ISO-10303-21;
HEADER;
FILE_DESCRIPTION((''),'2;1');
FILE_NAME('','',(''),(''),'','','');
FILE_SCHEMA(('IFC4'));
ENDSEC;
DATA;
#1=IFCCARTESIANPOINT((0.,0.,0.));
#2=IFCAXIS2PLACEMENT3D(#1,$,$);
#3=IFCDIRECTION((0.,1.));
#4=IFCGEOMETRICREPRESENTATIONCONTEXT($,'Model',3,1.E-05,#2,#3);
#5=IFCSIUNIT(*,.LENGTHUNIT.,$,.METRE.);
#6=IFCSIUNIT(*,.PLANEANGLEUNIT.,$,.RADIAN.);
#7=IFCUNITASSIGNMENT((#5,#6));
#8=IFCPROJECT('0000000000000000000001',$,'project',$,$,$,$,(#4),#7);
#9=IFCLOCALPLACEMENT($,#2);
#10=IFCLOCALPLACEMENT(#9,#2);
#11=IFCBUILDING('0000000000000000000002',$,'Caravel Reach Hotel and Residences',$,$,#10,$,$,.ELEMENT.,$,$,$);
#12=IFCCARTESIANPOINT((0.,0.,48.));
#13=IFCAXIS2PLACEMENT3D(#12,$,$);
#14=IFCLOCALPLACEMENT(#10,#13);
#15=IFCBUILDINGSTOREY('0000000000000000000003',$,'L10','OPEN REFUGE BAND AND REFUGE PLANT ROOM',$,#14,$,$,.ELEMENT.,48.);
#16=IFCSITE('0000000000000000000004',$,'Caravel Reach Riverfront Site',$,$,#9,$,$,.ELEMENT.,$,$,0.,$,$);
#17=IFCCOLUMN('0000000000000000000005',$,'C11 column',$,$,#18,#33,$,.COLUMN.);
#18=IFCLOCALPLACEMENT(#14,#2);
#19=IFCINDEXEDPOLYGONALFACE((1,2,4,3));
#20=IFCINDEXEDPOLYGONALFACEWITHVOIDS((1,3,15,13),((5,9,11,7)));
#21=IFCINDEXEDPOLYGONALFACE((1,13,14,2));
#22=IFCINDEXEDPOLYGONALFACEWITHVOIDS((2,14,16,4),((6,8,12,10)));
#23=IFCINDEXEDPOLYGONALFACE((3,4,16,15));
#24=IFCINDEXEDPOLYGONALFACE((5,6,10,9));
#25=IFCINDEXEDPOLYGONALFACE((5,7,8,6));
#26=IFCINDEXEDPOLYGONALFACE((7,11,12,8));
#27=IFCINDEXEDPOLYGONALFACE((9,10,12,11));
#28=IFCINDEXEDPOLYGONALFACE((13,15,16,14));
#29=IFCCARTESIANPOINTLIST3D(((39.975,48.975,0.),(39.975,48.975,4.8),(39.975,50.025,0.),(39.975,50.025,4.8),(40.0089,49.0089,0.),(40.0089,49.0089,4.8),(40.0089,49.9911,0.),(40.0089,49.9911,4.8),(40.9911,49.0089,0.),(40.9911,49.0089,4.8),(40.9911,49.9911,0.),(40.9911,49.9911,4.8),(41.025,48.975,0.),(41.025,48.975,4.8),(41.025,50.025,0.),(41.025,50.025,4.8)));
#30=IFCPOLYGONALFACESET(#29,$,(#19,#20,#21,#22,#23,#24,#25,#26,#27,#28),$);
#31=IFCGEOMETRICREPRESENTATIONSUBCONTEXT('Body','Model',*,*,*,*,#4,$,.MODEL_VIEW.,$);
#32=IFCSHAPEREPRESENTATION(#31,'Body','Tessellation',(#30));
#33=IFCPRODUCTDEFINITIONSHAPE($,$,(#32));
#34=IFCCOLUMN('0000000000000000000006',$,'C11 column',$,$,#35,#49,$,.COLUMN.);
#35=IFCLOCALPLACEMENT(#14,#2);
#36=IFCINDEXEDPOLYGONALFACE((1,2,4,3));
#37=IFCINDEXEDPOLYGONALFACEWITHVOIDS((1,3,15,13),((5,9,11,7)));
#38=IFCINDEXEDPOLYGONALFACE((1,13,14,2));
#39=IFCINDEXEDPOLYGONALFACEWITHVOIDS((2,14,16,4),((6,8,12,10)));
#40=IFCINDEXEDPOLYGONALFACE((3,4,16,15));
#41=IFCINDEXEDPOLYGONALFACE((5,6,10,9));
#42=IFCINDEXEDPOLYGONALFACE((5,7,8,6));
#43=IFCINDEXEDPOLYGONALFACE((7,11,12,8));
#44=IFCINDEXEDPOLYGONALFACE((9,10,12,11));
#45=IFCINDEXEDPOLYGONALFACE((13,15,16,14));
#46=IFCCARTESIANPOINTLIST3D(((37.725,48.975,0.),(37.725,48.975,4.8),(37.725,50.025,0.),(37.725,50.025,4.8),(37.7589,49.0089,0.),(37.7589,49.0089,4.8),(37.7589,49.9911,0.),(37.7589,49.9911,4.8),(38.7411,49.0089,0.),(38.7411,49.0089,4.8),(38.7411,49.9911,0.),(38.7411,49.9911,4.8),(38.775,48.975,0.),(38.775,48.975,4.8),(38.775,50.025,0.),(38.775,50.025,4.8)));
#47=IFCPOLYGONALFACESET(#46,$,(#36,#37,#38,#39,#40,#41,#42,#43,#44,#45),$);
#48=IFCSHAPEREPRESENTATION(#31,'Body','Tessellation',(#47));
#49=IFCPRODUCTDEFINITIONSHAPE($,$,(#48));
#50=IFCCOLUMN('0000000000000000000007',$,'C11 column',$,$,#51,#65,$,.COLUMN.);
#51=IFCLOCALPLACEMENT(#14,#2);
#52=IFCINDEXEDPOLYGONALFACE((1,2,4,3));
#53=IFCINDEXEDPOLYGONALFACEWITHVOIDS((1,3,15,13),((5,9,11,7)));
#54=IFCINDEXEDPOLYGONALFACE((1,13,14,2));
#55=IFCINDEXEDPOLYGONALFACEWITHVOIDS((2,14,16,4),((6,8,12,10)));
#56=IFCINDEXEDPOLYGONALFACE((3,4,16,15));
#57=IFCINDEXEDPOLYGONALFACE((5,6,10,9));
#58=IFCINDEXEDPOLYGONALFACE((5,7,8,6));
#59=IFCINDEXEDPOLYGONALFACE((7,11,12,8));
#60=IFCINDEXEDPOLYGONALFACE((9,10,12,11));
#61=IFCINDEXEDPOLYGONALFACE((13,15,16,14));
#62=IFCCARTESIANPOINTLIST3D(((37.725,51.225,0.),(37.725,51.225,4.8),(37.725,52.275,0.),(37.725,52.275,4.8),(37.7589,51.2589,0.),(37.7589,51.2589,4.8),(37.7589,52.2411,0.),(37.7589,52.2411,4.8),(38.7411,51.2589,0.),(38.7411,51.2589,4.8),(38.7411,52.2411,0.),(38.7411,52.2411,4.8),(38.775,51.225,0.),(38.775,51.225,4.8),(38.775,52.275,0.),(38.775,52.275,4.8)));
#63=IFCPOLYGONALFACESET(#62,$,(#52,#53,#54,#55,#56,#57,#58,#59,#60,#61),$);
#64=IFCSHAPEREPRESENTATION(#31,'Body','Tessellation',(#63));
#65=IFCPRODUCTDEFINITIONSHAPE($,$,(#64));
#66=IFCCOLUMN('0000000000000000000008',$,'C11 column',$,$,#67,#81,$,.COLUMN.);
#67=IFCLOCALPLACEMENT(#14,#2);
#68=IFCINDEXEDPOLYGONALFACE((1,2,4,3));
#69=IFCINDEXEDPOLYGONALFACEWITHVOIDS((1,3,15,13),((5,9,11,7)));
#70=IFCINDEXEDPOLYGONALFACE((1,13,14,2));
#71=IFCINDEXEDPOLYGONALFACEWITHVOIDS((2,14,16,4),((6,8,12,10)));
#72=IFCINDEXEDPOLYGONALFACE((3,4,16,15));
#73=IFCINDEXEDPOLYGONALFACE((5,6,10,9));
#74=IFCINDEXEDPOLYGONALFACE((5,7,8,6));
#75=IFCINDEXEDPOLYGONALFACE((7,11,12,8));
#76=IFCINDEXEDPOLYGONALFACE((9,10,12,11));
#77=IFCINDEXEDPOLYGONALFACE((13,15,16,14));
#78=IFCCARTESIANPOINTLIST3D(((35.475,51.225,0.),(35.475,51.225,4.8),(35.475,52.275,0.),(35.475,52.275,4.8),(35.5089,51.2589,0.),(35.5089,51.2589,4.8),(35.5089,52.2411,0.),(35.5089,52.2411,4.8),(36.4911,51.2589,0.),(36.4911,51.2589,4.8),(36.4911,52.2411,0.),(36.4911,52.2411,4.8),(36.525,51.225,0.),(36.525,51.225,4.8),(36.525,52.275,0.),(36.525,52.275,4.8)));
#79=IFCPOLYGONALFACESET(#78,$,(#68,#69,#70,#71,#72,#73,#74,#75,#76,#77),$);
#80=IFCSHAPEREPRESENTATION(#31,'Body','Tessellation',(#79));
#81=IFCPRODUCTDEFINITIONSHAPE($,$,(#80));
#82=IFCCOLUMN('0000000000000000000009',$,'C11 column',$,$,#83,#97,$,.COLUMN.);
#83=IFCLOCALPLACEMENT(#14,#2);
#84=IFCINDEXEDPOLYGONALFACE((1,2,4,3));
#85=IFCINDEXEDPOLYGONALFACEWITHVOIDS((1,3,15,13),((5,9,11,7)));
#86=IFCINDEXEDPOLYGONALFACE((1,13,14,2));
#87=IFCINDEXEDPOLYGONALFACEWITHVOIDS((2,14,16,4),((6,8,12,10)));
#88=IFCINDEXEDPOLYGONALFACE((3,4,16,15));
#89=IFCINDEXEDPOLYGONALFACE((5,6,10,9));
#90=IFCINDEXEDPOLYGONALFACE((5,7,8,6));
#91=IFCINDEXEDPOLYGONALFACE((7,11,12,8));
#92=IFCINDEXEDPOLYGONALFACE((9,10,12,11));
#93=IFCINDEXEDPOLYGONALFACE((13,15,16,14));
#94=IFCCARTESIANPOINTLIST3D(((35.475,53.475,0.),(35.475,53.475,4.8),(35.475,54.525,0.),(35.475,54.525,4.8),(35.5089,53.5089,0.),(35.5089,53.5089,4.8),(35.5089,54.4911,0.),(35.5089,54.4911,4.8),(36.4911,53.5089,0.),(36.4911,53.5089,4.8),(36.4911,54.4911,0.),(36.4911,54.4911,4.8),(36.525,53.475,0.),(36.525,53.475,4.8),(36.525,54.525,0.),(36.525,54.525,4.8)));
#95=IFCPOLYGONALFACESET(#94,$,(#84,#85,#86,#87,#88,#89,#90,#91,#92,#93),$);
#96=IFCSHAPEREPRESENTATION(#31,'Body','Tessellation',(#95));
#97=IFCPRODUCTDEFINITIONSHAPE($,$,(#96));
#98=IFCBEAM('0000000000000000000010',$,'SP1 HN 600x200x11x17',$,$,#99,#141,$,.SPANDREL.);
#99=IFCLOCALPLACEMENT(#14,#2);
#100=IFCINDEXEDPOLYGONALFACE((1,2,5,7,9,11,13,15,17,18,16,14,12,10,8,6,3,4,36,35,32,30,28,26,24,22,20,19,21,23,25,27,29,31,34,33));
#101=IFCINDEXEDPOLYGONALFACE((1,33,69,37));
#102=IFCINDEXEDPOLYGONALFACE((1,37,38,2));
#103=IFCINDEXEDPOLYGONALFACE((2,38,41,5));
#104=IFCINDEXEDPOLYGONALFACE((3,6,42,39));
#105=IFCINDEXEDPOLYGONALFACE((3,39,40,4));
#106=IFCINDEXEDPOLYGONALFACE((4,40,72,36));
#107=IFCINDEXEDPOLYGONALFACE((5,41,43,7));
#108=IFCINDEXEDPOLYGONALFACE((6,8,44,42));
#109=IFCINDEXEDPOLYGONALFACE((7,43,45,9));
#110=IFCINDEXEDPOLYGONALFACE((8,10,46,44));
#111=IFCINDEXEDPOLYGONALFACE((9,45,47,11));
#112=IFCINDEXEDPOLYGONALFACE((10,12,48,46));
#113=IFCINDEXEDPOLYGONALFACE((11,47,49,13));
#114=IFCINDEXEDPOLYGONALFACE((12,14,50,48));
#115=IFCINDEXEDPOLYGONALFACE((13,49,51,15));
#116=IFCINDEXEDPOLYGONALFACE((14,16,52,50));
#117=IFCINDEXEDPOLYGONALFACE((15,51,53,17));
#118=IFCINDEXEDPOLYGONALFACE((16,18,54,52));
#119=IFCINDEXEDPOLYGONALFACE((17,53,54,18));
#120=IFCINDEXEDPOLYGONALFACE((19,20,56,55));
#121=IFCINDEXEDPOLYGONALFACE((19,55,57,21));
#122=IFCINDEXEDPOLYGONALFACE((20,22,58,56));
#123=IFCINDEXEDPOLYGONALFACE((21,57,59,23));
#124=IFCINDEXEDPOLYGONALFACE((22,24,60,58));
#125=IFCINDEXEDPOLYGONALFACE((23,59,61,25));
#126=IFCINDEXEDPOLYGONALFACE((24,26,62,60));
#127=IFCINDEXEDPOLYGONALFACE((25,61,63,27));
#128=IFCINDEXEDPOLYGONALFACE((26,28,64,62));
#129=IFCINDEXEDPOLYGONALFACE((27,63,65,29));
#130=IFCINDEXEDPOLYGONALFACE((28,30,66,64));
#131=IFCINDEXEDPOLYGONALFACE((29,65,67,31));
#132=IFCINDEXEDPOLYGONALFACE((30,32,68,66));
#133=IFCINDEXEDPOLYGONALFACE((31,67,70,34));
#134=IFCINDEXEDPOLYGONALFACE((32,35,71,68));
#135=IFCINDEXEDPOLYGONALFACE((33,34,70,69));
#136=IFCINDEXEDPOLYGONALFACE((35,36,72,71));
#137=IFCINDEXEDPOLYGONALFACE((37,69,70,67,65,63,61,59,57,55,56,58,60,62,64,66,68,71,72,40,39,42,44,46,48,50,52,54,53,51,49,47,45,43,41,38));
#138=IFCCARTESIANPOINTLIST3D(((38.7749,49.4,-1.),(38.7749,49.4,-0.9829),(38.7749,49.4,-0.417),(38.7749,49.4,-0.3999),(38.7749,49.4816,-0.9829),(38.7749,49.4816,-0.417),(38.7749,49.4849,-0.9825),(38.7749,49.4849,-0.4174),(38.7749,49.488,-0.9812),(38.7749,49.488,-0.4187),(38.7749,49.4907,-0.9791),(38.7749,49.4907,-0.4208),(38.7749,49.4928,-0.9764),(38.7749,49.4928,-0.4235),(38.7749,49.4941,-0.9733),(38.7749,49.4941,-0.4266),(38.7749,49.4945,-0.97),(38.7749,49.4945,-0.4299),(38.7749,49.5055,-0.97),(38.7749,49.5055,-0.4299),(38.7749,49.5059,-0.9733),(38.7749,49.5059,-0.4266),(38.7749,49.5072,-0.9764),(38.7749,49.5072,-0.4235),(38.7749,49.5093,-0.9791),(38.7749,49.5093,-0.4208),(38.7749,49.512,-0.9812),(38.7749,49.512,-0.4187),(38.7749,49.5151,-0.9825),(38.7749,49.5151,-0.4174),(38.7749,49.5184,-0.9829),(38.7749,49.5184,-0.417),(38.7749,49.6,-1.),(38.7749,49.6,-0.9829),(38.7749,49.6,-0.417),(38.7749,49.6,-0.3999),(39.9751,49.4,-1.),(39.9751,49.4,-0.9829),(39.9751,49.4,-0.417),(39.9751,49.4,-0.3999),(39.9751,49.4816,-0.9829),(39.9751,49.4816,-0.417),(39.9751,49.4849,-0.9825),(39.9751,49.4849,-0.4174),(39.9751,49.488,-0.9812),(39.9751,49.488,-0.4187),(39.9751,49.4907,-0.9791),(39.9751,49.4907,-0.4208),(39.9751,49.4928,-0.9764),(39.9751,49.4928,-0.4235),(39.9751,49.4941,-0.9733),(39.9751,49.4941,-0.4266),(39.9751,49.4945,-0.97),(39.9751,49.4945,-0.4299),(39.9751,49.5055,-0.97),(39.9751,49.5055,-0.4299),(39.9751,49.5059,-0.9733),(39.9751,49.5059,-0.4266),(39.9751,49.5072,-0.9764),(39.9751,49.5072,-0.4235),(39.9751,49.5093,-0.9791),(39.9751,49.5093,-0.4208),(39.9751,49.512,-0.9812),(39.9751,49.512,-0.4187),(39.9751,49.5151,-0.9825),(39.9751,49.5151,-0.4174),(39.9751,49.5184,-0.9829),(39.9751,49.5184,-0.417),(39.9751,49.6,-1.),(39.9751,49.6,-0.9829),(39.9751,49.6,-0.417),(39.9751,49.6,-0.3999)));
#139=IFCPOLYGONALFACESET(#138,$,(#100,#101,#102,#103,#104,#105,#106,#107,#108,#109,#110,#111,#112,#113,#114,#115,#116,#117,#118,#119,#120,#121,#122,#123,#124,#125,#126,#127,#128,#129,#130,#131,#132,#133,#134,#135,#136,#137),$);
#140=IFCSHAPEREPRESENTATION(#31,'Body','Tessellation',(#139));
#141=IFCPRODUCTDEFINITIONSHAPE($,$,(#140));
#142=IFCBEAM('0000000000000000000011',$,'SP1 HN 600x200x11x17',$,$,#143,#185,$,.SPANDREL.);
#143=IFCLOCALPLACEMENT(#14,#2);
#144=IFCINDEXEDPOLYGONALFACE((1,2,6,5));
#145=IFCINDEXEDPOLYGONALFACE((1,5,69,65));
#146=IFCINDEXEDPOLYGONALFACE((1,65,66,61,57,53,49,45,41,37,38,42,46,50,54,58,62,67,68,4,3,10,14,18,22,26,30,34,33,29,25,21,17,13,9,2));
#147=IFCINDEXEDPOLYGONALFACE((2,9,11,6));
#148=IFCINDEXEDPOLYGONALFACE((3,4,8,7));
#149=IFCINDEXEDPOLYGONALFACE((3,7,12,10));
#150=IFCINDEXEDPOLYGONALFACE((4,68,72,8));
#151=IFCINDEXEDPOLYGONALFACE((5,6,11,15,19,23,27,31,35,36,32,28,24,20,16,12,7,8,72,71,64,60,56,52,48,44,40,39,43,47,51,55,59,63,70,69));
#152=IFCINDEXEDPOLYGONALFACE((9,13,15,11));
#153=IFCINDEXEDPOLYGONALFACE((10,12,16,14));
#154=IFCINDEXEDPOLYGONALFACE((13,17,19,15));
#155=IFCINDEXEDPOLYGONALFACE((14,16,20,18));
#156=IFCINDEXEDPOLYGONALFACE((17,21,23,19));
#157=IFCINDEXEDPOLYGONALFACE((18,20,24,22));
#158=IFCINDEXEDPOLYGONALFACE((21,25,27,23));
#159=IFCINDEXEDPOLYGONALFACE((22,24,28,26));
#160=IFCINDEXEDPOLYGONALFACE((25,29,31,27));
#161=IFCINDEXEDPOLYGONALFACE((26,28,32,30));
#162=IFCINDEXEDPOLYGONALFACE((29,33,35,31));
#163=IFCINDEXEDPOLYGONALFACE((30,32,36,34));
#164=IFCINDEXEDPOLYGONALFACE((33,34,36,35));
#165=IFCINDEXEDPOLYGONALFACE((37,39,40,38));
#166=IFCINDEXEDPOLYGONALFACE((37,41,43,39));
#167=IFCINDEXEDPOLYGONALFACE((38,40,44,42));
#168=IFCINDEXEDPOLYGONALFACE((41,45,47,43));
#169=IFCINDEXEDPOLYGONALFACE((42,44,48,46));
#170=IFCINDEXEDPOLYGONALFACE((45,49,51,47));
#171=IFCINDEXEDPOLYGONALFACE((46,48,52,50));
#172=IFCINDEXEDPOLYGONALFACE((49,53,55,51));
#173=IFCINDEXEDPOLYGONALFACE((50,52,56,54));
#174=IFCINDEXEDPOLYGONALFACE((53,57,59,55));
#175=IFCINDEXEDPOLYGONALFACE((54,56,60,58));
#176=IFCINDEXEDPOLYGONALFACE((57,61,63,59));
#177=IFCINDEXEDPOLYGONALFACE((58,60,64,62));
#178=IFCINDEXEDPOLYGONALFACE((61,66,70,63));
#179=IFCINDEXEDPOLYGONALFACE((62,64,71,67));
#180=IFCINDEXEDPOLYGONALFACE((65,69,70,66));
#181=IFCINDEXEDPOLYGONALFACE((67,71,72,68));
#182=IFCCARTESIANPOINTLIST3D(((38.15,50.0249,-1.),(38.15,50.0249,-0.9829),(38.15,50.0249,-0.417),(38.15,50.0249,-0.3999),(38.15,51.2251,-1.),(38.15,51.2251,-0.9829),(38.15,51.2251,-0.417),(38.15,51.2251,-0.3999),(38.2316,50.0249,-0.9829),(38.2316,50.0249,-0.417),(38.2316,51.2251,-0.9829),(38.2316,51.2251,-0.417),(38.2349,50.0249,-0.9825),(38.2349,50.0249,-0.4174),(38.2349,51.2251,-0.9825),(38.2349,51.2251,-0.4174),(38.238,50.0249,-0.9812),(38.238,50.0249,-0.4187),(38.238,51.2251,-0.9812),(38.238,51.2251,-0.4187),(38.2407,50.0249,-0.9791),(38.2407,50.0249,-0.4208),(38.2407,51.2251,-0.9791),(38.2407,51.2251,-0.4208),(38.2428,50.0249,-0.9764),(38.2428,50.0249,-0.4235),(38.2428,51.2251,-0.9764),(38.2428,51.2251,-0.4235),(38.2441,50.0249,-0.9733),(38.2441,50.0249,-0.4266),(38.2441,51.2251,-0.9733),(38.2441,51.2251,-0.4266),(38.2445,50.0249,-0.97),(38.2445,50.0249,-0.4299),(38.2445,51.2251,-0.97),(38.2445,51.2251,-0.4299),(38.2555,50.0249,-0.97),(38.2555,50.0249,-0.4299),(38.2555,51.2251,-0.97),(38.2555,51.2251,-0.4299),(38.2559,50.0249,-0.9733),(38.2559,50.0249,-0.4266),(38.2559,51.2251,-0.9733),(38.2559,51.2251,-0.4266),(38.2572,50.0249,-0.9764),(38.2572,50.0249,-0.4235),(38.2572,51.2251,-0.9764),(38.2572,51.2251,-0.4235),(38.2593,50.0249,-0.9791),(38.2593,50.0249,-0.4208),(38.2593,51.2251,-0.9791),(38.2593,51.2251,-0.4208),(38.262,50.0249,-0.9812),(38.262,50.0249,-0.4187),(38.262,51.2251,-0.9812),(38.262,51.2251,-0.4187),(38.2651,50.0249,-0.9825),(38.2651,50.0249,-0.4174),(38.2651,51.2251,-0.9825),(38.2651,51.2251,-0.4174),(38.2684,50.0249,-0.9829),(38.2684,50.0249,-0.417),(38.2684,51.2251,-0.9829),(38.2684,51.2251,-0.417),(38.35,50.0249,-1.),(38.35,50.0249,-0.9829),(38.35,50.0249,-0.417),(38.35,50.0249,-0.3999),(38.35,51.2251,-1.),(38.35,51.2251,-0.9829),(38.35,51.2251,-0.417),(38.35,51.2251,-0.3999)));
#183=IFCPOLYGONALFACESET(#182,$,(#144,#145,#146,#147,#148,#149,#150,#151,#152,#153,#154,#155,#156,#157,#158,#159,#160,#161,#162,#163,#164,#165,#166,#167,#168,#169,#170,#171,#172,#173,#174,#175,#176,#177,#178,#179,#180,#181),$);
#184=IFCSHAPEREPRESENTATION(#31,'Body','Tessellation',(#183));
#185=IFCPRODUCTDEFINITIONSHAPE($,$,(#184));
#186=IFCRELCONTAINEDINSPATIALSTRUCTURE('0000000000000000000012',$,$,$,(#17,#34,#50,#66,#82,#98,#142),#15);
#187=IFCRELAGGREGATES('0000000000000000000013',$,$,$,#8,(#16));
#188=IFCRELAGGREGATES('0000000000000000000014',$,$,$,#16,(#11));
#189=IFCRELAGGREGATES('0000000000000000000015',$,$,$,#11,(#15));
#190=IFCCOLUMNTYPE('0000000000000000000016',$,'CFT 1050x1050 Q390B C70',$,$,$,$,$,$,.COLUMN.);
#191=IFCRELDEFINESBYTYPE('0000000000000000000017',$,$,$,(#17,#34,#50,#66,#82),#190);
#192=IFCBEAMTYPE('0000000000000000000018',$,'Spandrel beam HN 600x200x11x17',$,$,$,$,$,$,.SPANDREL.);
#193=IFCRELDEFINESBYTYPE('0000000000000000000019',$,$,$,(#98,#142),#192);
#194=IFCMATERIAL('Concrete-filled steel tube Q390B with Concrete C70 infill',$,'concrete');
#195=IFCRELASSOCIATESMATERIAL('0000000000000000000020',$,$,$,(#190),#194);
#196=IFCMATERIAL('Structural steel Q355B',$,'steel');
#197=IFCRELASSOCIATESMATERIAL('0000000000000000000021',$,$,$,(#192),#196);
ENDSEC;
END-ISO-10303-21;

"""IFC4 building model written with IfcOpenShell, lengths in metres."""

from ifc_helpers import new_model, si_unit, direction, frame, origin, origin_2d, place, context, subcontext, project, spatial, hollow_rectangle, i_section, extrude, material, material_profile, profile_set, type_object, element, save


model = new_model("IFC4")

# Units and contexts
model_context = context("Model", 3, precision=1e-05, world=origin(), true_north=direction((0.0, 1.0)))
body_context = subcontext(model_context, "Body", "Model", "MODEL_VIEW")
ifc_project = project(units=[si_unit("LENGTHUNIT", "METRE"), si_unit("PLANEANGLEUNIT", "RADIAN")], contexts=[model_context])

# Site, building, storey
site_placement = place(None, origin())
site = spatial("IfcSite", under=ifc_project, at=site_placement, Name="Caravel Reach Riverfront Site", CompositionType="ELEMENT", RefElevation=0.0)
building_placement = place(site_placement, origin())
building = spatial("IfcBuilding", under=site, at=building_placement, Name="Caravel Reach Hotel and Residences", CompositionType="ELEMENT")
storey_placement = place(building_placement, frame((0.0, 0.0, 48.0)))
storey = spatial("IfcBuildingStorey", under=building, at=storey_placement, Name="L10", Description="OPEN REFUGE BAND AND REFUGE PLANT ROOM", CompositionType="ELEMENT", Elevation=48.0)

# Columns
ifc_material_1 = material(Name="Concrete-filled steel tube Q390B with Concrete C70 infill", Category="concrete")
ifc_material_profile_1 = material_profile(ifc_material_1, hollow_rectangle(XDim=1.05, YDim=1.05, WallThickness=0.0339, at=origin_2d()), Name="RHS 1050x1050x34")
ifc_profile_set_1 = profile_set([ifc_material_profile_1], Name="Concrete-filled steel tube Q390B with Concrete C70 infill")
column_type = type_object("IfcColumnType", Name="CFT 1050x1050 Q390B C70", PredefinedType="COLUMN", material=ifc_profile_set_1)
for number, where, z_axis, x_axis, name in (
    (1, (40.5, 49.5, 0.0), (0.0, 0.0, 1.0), (1.0, 0.0, 0.0), "C11 column"),
    (2, (38.25, 49.5, 0.0), (0.0, 0.0, 1.0), (1.0, 0.0, 0.0), "C11 column"),
    (3, (38.25, 51.75, 0.0), (0.0, 0.0, 1.0), (1.0, 0.0, 0.0), "C11 column"),
    (4, (36.0, 51.75, 0.0), (0.0, 0.0, 1.0), (1.0, 0.0, 0.0), "C11 column"),
    (5, (36.0, 54.0, 0.0), (0.0, 0.0, 1.0), (1.0, 0.0, 0.0), "C11 column"),
):
    element("IfcColumn", number, at=place(storey_placement, frame(where, z_axis=z_axis, x_axis=x_axis)), inside=storey, type_object=column_type, Name=name, PredefinedType="COLUMN", context=body_context, shape_type="SweptSolid", body=[
        extrude(hollow_rectangle(XDim=1.05, YDim=1.05, WallThickness=0.0339, at=origin_2d()), origin(), (0.0, 0.0, 1.0), 4.8),
    ])

# Beams
ifc_material_2 = material(Name="Structural steel Q355B", Category="steel")
ifc_material_profile_2 = material_profile(ifc_material_2, i_section(OverallWidth=0.2, OverallDepth=0.6001, WebThickness=0.011, FlangeThickness=0.0171, FilletRadius=0.0129, at=origin_2d()), Name="HN 600x200x11x17")
ifc_profile_set_2 = profile_set([ifc_material_profile_2], Name="Structural steel Q355B")
beam_type = type_object("IfcBeamType", Name="Spandrel beam HN 600x200x11x17", PredefinedType="SPANDREL", material=ifc_profile_set_2)
for number, where, z_axis, x_axis, name in (
    (6, (39.9751, 49.5, -0.7), (-1.0, 0.0, 0.0), (0.0, -1.0, 0.0), "SP1 HN 600x200x11x17"),
    (7, (38.25, 50.0249, -0.7), (0.0, 1.0, 0.0), (-1.0, 0.0, 0.0), "SP1 HN 600x200x11x17"),
):
    element("IfcBeam", number, at=place(storey_placement, frame(where, z_axis=z_axis, x_axis=x_axis)), inside=storey, type_object=beam_type, Name=name, PredefinedType="SPANDREL", context=body_context, shape_type="SweptSolid", body=[
        extrude(i_section(OverallWidth=0.2, OverallDepth=0.6001, WebThickness=0.011, FlangeThickness=0.0171, FilletRadius=0.0129, at=origin_2d()), origin(), (0.0, 0.0, 1.0), 1.2002),
    ])

save(model, "model.ifc")
